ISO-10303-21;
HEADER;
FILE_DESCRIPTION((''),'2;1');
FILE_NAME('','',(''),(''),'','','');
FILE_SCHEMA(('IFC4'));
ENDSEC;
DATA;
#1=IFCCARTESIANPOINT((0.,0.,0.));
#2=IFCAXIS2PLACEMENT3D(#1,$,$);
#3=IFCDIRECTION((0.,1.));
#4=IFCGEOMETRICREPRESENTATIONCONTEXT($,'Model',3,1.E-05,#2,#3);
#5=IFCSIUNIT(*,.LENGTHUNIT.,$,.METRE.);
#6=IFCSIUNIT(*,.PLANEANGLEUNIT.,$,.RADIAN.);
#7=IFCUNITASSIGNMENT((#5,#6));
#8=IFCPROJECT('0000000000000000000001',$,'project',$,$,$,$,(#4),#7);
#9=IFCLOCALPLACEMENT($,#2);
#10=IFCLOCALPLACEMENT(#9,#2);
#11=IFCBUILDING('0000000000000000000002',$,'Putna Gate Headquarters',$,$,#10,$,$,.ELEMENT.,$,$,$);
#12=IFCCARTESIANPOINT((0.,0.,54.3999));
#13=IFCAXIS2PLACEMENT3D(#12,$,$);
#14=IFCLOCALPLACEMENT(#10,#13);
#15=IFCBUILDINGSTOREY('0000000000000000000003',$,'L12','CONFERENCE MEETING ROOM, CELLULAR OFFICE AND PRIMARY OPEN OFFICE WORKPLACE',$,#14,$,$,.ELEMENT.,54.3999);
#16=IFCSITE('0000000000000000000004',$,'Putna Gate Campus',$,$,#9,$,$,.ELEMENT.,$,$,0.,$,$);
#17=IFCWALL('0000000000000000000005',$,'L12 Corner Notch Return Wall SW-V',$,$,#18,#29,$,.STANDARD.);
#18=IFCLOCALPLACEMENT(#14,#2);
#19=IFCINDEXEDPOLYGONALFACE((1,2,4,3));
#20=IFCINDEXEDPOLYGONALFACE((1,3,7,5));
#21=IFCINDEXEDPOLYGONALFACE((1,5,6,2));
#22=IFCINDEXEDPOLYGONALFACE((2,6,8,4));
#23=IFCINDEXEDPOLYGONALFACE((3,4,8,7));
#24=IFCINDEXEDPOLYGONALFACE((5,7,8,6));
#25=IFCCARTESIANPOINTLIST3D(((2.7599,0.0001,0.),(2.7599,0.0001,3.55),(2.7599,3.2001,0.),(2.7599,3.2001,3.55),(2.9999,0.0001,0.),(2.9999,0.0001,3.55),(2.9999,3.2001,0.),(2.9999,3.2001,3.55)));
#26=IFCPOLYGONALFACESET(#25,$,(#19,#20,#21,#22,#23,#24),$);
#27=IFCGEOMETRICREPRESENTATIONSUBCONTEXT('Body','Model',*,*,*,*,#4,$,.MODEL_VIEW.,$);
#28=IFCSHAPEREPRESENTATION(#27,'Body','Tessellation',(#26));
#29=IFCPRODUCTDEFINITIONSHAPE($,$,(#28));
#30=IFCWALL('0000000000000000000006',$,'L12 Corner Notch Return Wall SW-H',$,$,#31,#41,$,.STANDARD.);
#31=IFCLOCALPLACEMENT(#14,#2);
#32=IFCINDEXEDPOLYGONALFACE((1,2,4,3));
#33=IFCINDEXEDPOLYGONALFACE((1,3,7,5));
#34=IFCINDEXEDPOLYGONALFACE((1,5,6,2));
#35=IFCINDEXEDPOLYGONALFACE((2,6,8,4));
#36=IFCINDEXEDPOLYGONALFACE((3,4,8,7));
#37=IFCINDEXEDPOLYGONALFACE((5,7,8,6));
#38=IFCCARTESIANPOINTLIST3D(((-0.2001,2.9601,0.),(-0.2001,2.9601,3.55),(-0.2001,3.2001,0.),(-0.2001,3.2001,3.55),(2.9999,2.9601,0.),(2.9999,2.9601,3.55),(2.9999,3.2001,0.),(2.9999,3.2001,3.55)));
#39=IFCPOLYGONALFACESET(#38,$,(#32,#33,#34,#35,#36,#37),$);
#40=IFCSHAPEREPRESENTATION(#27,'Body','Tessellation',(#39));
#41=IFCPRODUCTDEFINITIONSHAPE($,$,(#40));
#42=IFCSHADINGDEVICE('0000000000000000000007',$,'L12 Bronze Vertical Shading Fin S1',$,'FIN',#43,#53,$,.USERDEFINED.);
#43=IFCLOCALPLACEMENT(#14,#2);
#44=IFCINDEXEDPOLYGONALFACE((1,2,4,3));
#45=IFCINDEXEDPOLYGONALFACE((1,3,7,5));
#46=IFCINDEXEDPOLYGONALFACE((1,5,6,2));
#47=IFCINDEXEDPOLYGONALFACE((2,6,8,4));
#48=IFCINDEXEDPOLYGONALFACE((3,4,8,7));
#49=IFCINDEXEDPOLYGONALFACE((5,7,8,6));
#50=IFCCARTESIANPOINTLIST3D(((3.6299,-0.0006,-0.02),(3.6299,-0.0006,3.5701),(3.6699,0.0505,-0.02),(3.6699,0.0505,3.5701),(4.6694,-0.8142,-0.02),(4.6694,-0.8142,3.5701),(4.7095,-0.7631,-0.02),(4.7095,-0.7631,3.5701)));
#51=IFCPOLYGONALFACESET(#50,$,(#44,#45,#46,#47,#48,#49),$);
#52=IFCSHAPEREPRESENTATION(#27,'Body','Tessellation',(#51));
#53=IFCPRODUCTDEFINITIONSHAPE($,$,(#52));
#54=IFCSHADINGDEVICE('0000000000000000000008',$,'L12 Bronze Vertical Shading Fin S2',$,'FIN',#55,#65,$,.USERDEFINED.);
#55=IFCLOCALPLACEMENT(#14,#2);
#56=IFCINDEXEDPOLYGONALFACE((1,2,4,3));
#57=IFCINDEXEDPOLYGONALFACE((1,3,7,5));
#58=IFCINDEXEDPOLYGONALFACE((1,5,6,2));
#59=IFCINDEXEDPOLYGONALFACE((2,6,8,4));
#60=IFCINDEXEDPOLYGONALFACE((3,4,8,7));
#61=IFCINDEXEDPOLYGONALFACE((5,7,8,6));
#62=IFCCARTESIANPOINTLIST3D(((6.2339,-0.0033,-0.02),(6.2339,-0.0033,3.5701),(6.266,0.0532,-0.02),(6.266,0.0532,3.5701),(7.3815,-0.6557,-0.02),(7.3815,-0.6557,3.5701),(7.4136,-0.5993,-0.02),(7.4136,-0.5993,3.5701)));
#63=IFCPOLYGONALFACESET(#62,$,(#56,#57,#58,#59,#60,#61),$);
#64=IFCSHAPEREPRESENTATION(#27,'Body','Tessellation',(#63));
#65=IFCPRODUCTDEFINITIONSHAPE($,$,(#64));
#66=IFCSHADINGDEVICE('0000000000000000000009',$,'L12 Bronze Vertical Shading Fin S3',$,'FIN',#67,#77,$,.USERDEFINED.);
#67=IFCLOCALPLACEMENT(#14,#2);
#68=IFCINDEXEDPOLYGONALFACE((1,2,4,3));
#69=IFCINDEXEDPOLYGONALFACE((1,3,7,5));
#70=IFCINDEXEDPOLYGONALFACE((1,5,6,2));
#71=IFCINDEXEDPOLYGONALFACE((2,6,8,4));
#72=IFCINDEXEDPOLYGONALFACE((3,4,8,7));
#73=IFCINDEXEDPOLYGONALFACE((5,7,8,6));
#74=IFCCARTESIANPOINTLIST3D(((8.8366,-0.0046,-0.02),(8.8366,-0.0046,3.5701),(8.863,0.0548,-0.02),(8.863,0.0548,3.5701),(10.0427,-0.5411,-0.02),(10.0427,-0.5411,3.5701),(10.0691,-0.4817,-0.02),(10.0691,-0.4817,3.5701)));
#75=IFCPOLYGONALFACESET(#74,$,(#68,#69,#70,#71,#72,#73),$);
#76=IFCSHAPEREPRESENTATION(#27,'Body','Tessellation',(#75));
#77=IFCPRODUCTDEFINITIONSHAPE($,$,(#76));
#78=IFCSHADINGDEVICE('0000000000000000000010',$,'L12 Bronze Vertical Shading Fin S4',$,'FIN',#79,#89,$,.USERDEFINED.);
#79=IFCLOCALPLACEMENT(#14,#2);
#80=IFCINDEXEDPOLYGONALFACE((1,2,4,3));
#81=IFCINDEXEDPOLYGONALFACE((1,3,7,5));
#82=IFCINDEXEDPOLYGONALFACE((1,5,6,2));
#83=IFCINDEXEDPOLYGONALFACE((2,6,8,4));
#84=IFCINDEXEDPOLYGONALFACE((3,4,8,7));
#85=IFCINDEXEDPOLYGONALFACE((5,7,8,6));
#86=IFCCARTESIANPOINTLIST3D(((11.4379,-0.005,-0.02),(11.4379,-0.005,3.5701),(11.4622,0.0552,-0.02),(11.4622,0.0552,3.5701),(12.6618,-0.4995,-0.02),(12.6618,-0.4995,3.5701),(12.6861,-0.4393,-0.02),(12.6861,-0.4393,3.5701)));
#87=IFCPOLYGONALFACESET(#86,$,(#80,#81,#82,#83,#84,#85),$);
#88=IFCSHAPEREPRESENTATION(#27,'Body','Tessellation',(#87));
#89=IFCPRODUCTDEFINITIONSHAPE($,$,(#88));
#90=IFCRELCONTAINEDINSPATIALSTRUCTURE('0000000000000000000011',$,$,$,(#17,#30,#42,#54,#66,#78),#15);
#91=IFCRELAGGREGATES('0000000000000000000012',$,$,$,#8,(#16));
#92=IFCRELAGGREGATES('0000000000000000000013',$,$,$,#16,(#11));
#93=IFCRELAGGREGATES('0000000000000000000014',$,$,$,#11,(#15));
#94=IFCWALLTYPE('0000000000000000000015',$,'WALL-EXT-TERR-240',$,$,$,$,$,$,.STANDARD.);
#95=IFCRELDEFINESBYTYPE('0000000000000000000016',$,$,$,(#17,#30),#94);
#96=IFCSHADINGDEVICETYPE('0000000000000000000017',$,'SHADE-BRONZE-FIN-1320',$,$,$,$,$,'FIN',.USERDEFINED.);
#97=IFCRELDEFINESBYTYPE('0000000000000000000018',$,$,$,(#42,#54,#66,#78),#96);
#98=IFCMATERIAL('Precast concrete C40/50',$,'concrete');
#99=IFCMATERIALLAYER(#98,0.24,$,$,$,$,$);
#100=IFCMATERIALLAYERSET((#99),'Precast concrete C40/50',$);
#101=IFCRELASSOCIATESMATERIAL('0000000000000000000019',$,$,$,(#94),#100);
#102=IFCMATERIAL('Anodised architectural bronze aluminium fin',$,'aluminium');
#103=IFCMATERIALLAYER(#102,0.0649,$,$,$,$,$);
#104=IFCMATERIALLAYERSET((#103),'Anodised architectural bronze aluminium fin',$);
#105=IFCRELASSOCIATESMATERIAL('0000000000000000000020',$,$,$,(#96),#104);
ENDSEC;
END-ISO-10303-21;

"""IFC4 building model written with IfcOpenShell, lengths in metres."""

from ifc_helpers import new_model, si_unit, direction, frame, frame_2d, origin, origin_2d, place, context, subcontext, project, spatial, rectangle, extrude, material, layer, layer_set, type_object, element, save


model = new_model("IFC4")

# Units and contexts
model_context = context("Model", 3, precision=1e-05, world=origin(), true_north=direction((0.0, 1.0)))
body_context = subcontext(model_context, "Body", "Model", "MODEL_VIEW")
ifc_project = project(units=[si_unit("LENGTHUNIT", "METRE"), si_unit("PLANEANGLEUNIT", "RADIAN")], contexts=[model_context])

# Site, building, storey
site_placement = place(None, origin())
site = spatial("IfcSite", under=ifc_project, at=site_placement, Name="Putna Gate Campus", CompositionType="ELEMENT", RefElevation=0.0)
building_placement = place(site_placement, origin())
building = spatial("IfcBuilding", under=site, at=building_placement, Name="Putna Gate Headquarters", CompositionType="ELEMENT")
storey_placement = place(building_placement, frame((0.0, 0.0, 54.3999)))
storey = spatial("IfcBuildingStorey", under=building, at=storey_placement, Name="L12", Description="CONFERENCE MEETING ROOM, CELLULAR OFFICE AND PRIMARY OPEN OFFICE WORKPLACE", CompositionType="ELEMENT", Elevation=54.3999)

# Walls
ifc_material_1 = material(Name="Precast concrete C40/50", Category="concrete")
ifc_layer_1 = layer(ifc_material_1, 0.24)
ifc_layer_set_1 = layer_set([ifc_layer_1], Name="Precast concrete C40/50")
wall_type = type_object("IfcWallType", Name="WALL-EXT-TERR-240", PredefinedType="STANDARD", material=ifc_layer_set_1)
for number, where, z_axis, x_axis, name in (
    (1, (2.8799, 0.0, 0.0), (0.0, 0.0, 1.0), (0.0, 1.0, 0.0), "L12 Corner Notch Return Wall SW-V"),
    (2, (3.0, 3.0801, 0.0), (0.0, 0.0, 1.0), (-1.0, 0.0, 0.0), "L12 Corner Notch Return Wall SW-H"),
):
    element("IfcWall", number, at=place(storey_placement, frame(where, z_axis=z_axis, x_axis=x_axis)), inside=storey, type_object=wall_type, Name=name, PredefinedType="STANDARD", context=body_context, shape_type="SweptSolid", body=[
        extrude(rectangle(XDim=3.2, YDim=0.24, at=frame_2d((1.6001, 0.0))), origin(), (0.0, 0.0, 1.0), 3.55),
    ])

# Shading devices
ifc_material_2 = material(Name="Anodised architectural bronze aluminium fin", Category="aluminium")
ifc_layer_2 = layer(ifc_material_2, 0.0649)
ifc_layer_set_2 = layer_set([ifc_layer_2], Name="Anodised architectural bronze aluminium fin")
shading_device_type = type_object("IfcShadingDeviceType", Name="SHADE-BRONZE-FIN-1320", ElementType="FIN", PredefinedType="USERDEFINED", material=ifc_layer_set_2)
for number, where, z_axis, x_axis, name in (
    (3, (4.1697, -0.3818, -0.02), (0.0, 0.0, 1.0), (0.787473, -0.616349, 0.0), "L12 Bronze Vertical Shading Fin S1"),
    (4, (6.8237, -0.3013, -0.02), (0.0, 0.0, 1.0), (0.869322, -0.494245, 0.0), "L12 Bronze Vertical Shading Fin S2"),
    (5, (9.4529, -0.2432, -0.02), (0.0, 0.0, 1.0), (0.913687, -0.406418, 0.0), "L12 Bronze Vertical Shading Fin S3"),
    (6, (12.062, -0.2222, -0.02), (0.0, 0.0, 1.0), (0.927184, -0.374607, 0.0), "L12 Bronze Vertical Shading Fin S4"),
):
    element("IfcShadingDevice", number, at=place(storey_placement, frame(where, z_axis=z_axis, x_axis=x_axis)), inside=storey, type_object=shading_device_type, Name=name, ObjectType="FIN", PredefinedType="USERDEFINED", context=body_context, shape_type="SweptSolid", body=[
        extrude(rectangle(XDim=1.3201, YDim=0.0649, at=origin_2d()), origin(), (0.0, 0.0, 1.0), 3.5901),
    ])

save(model, "model.ifc")
